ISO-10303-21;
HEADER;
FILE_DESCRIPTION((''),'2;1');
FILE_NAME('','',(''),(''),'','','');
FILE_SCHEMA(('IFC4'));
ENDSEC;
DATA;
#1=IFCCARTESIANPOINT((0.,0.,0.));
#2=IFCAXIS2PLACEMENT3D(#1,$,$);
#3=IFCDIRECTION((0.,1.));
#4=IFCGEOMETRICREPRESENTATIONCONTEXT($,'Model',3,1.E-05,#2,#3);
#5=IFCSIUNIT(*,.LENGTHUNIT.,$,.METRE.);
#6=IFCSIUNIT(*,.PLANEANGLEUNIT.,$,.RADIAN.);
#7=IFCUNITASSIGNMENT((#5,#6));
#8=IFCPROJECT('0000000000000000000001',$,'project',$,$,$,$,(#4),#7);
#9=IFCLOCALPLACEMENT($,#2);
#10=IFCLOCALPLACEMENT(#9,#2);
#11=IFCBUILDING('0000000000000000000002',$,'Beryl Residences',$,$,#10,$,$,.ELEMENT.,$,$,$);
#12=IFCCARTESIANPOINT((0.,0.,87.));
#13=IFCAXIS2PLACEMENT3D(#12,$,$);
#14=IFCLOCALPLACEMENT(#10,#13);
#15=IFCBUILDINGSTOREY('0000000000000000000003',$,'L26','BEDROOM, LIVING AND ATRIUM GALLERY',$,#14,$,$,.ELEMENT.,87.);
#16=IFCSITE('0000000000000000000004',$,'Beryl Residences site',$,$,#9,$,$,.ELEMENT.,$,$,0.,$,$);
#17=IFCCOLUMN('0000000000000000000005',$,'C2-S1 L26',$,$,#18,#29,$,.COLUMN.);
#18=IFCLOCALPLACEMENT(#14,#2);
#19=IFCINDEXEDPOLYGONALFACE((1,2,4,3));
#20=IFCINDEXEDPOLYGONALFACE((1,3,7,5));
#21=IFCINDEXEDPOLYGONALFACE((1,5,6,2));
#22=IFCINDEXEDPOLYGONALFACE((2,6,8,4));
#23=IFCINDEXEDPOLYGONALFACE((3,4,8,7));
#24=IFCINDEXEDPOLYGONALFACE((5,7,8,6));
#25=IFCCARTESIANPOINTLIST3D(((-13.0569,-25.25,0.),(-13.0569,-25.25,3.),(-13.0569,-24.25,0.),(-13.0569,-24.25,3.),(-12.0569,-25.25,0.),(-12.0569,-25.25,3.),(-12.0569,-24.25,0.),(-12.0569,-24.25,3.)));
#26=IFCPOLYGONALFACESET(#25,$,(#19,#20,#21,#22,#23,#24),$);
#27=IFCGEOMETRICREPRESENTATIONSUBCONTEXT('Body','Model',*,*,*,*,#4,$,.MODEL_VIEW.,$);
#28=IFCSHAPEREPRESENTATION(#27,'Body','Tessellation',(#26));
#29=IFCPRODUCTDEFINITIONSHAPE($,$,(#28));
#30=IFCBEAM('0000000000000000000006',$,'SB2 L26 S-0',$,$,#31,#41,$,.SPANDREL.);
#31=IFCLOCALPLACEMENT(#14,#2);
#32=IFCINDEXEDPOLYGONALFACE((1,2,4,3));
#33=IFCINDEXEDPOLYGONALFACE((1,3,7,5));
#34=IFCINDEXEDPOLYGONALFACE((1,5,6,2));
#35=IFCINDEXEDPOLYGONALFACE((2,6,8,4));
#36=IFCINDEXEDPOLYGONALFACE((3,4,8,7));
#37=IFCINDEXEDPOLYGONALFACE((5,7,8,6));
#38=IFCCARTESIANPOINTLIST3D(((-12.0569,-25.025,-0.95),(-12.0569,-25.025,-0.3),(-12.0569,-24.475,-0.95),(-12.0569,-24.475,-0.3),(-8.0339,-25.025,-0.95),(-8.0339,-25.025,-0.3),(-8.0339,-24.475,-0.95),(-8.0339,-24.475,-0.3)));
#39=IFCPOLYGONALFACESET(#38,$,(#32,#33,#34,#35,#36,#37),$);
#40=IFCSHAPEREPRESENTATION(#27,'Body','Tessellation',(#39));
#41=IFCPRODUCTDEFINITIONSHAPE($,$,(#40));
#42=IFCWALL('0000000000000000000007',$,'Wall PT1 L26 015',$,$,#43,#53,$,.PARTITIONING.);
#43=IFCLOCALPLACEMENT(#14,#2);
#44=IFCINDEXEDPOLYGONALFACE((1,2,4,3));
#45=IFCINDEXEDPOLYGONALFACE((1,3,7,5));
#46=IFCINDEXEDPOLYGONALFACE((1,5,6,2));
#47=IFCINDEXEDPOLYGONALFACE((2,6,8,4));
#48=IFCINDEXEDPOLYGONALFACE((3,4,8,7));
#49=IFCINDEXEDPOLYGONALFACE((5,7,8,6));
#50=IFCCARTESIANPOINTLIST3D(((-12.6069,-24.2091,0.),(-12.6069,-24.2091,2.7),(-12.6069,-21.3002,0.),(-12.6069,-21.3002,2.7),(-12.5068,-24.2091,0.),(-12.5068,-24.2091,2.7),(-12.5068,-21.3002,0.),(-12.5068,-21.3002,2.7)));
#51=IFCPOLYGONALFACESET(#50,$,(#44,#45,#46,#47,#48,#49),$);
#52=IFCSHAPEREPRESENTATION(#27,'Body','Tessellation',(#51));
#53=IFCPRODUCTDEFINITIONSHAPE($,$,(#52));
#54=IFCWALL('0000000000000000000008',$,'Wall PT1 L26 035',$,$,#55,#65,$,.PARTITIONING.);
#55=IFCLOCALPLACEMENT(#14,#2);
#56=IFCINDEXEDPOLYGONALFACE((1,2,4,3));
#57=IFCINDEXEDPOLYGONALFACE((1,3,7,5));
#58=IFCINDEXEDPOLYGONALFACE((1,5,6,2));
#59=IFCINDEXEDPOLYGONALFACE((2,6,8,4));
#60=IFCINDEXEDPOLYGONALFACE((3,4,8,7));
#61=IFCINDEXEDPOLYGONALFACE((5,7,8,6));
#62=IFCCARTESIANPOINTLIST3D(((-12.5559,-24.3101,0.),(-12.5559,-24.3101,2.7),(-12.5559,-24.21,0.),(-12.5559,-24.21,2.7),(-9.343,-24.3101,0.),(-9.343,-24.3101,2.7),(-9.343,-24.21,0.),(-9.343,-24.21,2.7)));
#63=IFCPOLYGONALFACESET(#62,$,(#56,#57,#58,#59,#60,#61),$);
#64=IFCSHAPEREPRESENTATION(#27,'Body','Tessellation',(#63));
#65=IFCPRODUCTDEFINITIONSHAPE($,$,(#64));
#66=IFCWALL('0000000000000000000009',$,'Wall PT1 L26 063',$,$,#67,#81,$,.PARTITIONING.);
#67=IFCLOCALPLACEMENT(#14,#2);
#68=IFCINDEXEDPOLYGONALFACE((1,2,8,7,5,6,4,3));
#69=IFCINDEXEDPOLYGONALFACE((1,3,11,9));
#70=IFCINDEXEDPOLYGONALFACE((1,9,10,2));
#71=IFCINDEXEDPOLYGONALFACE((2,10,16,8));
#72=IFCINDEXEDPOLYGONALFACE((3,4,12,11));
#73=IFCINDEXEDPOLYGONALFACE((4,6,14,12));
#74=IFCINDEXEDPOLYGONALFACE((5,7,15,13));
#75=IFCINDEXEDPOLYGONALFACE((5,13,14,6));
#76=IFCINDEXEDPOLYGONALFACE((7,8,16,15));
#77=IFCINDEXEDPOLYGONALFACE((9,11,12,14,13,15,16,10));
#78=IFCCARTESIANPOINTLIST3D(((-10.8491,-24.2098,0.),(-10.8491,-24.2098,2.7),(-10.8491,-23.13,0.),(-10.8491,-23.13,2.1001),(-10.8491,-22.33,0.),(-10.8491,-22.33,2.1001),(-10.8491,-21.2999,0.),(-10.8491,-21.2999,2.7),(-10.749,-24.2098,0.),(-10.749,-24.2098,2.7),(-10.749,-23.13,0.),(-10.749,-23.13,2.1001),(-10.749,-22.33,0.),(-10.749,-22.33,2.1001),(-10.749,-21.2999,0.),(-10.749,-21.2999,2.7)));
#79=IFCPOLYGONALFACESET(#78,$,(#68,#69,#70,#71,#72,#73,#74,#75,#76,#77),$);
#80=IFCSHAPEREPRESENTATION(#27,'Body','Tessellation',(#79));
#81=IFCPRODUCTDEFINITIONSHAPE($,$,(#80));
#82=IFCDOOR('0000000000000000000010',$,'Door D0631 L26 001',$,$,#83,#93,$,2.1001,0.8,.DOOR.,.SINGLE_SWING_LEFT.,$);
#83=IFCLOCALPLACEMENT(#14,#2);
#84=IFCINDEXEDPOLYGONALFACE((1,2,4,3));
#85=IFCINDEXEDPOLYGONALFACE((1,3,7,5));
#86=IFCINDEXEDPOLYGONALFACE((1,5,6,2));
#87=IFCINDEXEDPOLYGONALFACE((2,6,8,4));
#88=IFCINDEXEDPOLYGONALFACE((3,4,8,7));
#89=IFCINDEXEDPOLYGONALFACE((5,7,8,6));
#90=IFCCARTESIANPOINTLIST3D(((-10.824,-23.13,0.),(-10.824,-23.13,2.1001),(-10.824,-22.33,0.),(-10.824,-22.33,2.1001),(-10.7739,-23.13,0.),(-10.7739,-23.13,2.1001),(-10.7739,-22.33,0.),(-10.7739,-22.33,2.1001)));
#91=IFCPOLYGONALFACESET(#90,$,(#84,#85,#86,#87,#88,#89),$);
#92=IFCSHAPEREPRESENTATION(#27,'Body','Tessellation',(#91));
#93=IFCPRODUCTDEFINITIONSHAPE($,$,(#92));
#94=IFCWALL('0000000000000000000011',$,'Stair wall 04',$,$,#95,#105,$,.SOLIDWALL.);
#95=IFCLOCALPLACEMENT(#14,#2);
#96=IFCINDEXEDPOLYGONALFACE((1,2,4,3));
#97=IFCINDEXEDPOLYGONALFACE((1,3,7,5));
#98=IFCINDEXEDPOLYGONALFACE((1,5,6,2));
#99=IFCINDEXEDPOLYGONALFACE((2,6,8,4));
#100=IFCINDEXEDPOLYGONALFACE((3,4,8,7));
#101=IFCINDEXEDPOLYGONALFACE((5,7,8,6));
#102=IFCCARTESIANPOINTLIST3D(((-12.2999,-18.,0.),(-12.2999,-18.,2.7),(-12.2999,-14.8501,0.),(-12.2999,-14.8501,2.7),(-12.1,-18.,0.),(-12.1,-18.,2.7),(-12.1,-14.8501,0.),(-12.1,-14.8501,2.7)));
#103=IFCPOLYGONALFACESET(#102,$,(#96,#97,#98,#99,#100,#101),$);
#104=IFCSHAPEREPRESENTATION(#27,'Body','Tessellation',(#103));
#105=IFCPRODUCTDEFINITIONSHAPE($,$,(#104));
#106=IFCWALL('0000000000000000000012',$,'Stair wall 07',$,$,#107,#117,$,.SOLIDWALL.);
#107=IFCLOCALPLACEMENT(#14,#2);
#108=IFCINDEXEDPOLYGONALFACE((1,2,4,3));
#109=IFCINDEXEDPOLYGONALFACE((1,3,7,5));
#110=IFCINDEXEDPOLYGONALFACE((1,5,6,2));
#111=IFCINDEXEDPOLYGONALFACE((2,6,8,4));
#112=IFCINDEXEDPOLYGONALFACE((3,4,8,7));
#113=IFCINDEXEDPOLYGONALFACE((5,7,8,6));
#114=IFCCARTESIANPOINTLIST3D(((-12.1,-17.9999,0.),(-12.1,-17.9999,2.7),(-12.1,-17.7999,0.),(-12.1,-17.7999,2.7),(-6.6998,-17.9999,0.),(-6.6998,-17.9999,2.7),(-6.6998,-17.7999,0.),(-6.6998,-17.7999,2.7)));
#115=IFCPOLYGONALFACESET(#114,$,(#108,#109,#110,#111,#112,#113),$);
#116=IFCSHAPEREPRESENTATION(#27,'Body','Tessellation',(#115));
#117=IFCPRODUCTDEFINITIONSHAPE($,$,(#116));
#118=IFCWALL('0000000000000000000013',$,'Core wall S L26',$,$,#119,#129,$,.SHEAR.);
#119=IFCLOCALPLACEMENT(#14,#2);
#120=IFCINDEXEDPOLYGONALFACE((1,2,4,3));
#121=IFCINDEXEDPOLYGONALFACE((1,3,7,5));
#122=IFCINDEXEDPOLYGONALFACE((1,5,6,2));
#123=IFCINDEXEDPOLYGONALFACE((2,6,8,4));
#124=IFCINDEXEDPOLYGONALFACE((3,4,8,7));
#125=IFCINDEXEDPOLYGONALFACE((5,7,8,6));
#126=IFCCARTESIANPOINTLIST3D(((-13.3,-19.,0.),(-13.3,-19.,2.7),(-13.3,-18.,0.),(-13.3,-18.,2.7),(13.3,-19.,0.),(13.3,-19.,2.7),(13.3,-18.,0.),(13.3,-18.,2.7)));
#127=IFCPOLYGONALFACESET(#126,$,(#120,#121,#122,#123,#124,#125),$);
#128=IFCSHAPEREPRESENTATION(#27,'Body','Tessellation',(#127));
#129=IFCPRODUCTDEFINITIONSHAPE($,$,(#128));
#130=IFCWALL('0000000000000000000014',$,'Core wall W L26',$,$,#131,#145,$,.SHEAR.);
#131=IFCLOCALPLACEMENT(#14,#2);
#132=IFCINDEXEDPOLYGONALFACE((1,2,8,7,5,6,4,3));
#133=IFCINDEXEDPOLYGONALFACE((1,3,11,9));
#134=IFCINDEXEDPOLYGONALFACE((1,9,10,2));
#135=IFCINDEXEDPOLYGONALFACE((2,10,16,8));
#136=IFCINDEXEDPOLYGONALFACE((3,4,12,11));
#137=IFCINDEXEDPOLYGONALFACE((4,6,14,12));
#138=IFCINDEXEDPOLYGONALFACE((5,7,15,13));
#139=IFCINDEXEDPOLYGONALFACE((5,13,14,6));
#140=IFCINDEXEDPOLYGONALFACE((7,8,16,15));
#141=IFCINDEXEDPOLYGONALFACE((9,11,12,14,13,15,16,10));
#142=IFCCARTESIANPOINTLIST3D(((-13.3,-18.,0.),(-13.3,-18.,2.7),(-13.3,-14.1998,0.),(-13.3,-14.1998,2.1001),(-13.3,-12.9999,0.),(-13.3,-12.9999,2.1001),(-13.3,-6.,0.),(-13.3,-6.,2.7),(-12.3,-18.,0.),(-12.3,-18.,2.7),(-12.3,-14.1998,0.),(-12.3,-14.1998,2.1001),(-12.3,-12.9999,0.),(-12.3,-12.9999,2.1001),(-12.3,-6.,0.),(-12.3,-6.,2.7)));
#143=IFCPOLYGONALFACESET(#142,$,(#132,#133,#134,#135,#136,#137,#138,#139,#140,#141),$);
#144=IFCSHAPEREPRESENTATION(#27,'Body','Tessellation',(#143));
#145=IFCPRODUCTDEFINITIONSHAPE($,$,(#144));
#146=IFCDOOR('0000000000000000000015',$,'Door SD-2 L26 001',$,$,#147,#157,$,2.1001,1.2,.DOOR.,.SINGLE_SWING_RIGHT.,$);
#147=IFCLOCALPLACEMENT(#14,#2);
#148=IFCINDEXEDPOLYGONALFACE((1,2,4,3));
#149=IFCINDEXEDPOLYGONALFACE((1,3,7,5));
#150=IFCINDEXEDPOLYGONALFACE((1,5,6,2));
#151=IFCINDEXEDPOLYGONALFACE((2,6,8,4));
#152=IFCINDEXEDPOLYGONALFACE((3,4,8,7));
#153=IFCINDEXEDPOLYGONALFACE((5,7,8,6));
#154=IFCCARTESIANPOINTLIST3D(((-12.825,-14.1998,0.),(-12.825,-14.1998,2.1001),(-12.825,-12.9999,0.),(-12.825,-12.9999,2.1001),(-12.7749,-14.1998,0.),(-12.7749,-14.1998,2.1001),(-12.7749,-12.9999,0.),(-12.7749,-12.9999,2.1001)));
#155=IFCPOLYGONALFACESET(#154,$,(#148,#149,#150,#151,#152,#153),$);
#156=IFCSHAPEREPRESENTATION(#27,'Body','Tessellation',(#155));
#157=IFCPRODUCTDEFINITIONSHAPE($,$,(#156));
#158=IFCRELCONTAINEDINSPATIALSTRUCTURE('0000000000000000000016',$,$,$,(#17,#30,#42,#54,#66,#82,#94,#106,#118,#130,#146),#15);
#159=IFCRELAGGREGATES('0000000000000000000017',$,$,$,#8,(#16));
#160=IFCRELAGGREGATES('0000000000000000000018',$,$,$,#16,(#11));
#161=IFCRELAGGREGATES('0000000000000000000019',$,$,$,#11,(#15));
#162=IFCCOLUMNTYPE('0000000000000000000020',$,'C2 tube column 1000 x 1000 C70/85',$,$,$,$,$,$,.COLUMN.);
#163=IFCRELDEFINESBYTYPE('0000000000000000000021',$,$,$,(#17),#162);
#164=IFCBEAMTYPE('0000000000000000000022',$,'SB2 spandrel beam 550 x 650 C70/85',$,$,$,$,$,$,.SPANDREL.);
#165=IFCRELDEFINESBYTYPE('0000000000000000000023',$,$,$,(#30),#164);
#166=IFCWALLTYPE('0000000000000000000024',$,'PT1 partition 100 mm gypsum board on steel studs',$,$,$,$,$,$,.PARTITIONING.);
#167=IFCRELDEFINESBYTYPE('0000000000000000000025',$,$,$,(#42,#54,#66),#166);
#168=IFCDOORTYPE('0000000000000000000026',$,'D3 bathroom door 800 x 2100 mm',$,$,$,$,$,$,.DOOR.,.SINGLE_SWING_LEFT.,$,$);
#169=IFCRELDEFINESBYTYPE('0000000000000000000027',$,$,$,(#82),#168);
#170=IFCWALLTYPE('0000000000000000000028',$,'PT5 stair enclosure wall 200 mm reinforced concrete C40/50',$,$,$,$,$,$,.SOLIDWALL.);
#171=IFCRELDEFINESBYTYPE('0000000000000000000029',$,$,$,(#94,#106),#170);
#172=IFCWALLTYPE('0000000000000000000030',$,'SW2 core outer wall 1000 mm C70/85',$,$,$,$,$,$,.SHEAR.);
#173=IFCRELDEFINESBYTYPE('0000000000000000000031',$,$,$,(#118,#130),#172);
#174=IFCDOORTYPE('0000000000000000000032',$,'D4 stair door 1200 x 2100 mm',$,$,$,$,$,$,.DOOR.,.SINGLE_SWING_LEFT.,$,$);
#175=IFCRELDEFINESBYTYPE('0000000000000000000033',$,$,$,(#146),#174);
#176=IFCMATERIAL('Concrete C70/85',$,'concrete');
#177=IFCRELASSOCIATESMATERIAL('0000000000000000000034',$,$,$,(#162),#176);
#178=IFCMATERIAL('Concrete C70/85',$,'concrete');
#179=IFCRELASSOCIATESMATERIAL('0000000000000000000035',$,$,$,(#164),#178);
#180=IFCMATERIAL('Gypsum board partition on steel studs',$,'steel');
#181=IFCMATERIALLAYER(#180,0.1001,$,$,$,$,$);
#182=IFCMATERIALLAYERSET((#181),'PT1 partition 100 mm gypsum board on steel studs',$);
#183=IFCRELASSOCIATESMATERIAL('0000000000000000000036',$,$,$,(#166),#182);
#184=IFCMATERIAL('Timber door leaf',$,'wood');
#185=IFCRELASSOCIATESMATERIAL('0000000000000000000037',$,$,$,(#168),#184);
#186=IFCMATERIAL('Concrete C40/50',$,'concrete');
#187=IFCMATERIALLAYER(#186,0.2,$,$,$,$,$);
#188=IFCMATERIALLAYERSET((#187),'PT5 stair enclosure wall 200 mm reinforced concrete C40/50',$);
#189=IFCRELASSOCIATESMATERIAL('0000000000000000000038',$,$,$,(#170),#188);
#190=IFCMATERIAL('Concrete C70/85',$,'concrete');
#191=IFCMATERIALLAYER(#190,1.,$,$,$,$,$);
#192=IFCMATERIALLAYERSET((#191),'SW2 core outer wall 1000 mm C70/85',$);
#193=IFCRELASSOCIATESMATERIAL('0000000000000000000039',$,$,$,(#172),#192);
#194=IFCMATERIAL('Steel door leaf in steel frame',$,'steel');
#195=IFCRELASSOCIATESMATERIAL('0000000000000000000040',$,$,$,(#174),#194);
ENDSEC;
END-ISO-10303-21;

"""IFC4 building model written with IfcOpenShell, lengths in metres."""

from ifc_helpers import new_model, si_unit, direction, frame, frame_2d, origin, origin_2d, place, context, subcontext, project, spatial, rectangle, extrude, material, layer, layer_set, material_profile, profile_set, type_object, element, fill, save


model = new_model("IFC4")

# Units and contexts
model_context = context("Model", 3, precision=1e-05, world=origin(), true_north=direction((0.0, 1.0)))
body_context = subcontext(model_context, "Body", "Model", "MODEL_VIEW")
ifc_project = project(units=[si_unit("LENGTHUNIT", "METRE"), si_unit("PLANEANGLEUNIT", "RADIAN")], contexts=[model_context])

# Site, building, storey
site_placement = place(None, origin())
site = spatial("IfcSite", under=ifc_project, at=site_placement, Name="Beryl Residences site", CompositionType="ELEMENT", RefElevation=0.0)
building_placement = place(site_placement, origin())
building = spatial("IfcBuilding", under=site, at=building_placement, Name="Beryl Residences", CompositionType="ELEMENT")
storey_placement = place(building_placement, frame((0.0, 0.0, 87.0)))
storey = spatial("IfcBuildingStorey", under=building, at=storey_placement, Name="L26", Description="BEDROOM, LIVING AND ATRIUM GALLERY", CompositionType="ELEMENT", Elevation=87.0)

# Column
ifc_material_1 = material(Name="Concrete C70/85", Category="concrete")
ifc_material_profile_1 = material_profile(ifc_material_1, rectangle(XDim=1.0, YDim=1.0, at=origin_2d()))
ifc_profile_set_1 = profile_set([ifc_material_profile_1], Name="Concrete C70/85")
column_type = type_object("IfcColumnType", Name="C2 tube column 1000 x 1000 C70/85", PredefinedType="COLUMN", material=ifc_profile_set_1)
column_placement = place(storey_placement, frame((-12.5569, -24.75, 0.0), z_axis=(0.0, 0.0, 1.0), x_axis=(1.0, 0.0, 0.0)))
element("IfcColumn", 1, at=column_placement, inside=storey, type_object=column_type, Name="C2-S1 L26", PredefinedType="COLUMN", context=body_context, shape_type="SweptSolid", body=[
    extrude(rectangle(XDim=1.0, YDim=1.0, at=origin_2d()), origin(), (0.0, 0.0, 1.0), 3.0),
])

# Beam
ifc_material_2 = material(Name="Concrete C70/85", Category="concrete")
ifc_material_profile_2 = material_profile(ifc_material_2, rectangle(XDim=0.55, YDim=0.6499, at=origin_2d()))
ifc_profile_set_2 = profile_set([ifc_material_profile_2], Name="Concrete C70/85")
beam_type = type_object("IfcBeamType", Name="SB2 spandrel beam 550 x 650 C70/85", PredefinedType="SPANDREL", material=ifc_profile_set_2)
beam_placement = place(storey_placement, frame((-12.0569, -24.75, -0.625), z_axis=(1.0, 0.0, 0.0), x_axis=(0.0, 1.0, 0.0)))
element("IfcBeam", 2, at=beam_placement, inside=storey, type_object=beam_type, Name="SB2 L26 S-0", PredefinedType="SPANDREL", context=body_context, shape_type="SweptSolid", body=[
    extrude(rectangle(XDim=0.55, YDim=0.6499, at=origin_2d()), origin(), (0.0, 0.0, 1.0), 4.0229),
])

# Walls
ifc_material_3 = material(Name="Gypsum board partition on steel studs", Category="steel")
ifc_layer_1 = layer(ifc_material_3, 0.1001)
ifc_layer_set_1 = layer_set([ifc_layer_1], Name="PT1 partition 100 mm gypsum board on steel studs")
wall_type_1 = type_object("IfcWallType", Name="PT1 partition 100 mm gypsum board on steel studs", PredefinedType="PARTITIONING", material=ifc_layer_set_1)
wall_1_placement = place(storey_placement, frame((-12.5569, -21.3, 0.0), z_axis=(0.0, 0.0, 1.0), x_axis=(0.0, -1.0, 0.0)))
element("IfcWall", 3, at=wall_1_placement, inside=storey, type_object=wall_type_1, Name="Wall PT1 L26 015", PredefinedType="PARTITIONING", context=body_context, shape_type="SweptSolid", body=[
    extrude(rectangle(XDim=2.9089, YDim=0.1001, at=frame_2d((1.4546, 0.0))), origin(), (0.0, 0.0, 1.0), 2.7),
])
wall_2_placement = place(storey_placement, frame((-12.5559, -24.26, 0.0), z_axis=(0.0, 0.0, 1.0), x_axis=(1.0, 0.0, 0.0)))
element("IfcWall", 4, at=wall_2_placement, inside=storey, type_object=wall_type_1, Name="Wall PT1 L26 035", PredefinedType="PARTITIONING", context=body_context, shape_type="SweptSolid", body=[
    extrude(rectangle(XDim=3.2129, YDim=0.1001, at=frame_2d((1.6064, 0.0))), origin(), (0.0, 0.0, 1.0), 2.7),
])

# Wall, opening, door
wall_3_placement = place(storey_placement, frame((-10.7991, -24.21, 0.0), z_axis=(0.0, 0.0, 1.0), x_axis=(0.0, 1.0, 0.0)))
wall_3 = element("IfcWall", 5, at=wall_3_placement, inside=storey, type_object=wall_type_1, Name="Wall PT1 L26 063", PredefinedType="PARTITIONING", context=body_context, shape_type="SweptSolid", body=[
    extrude(rectangle(XDim=2.9099, YDim=0.1001, at=frame_2d((1.4551, 0.0))), origin(), (0.0, 0.0, 1.0), 2.7),
])
opening_1_placement = place(wall_3_placement, frame((1.0801, 0.0, 0.0)))
opening_1 = element("IfcOpeningElement", 6, at=opening_1_placement, cuts=wall_3, PredefinedType="OPENING", context=body_context, shape_type="SweptSolid", body=[
    extrude(rectangle(XDim=0.8, YDim=2.1001, at=frame_2d((0.3999, 1.05))), frame((0.0, 0.0601, 0.0), z_axis=(0.0, -1.0, 0.0), x_axis=(1.0, 0.0, 0.0)), (0.0, 0.0, 1.0), 0.1201),
])
ifc_material_4 = material(Name="Timber door leaf", Category="wood")
door_type_1 = type_object("IfcDoorType", Name="D3 bathroom door 800 x 2100 mm", OperationType="SINGLE_SWING_LEFT", PredefinedType="DOOR", material=ifc_material_4)
door_1_placement = place(opening_1_placement, origin())
door_1 = element("IfcDoor", 7, at=door_1_placement, inside=storey, type_object=door_type_1, Name="Door D0631 L26 001", OperationType="SINGLE_SWING_LEFT", OverallHeight=2.1001, OverallWidth=0.8, PredefinedType="DOOR", context=body_context, shape_type="SweptSolid", body=[
    extrude(rectangle(XDim=0.8, YDim=2.1001, at=frame_2d((0.3999, 1.05))), frame((0.0, 0.0249, 0.0), z_axis=(0.0, -1.0, 0.0), x_axis=(1.0, 0.0, 0.0)), (0.0, 0.0, 1.0), 0.05),
])
fill(opening_1, door_1)

# Walls
ifc_material_5 = material(Name="Concrete C40/50", Category="concrete")
ifc_layer_2 = layer(ifc_material_5, 0.2)
ifc_layer_set_2 = layer_set([ifc_layer_2], Name="PT5 stair enclosure wall 200 mm reinforced concrete C40/50")
wall_type_2 = type_object("IfcWallType", Name="PT5 stair enclosure wall 200 mm reinforced concrete C40/50", PredefinedType="SOLIDWALL", material=ifc_layer_set_2)
wall_4_placement = place(storey_placement, frame((-12.2, -18.0, 0.0), z_axis=(0.0, 0.0, 1.0), x_axis=(0.0, 1.0, 0.0)))
element("IfcWall", 8, at=wall_4_placement, inside=storey, type_object=wall_type_2, Name="Stair wall 04", PredefinedType="SOLIDWALL", context=body_context, shape_type="SweptSolid", body=[
    extrude(rectangle(XDim=3.1499, YDim=0.2, at=frame_2d((1.575, 0.0))), origin(), (0.0, 0.0, 1.0), 2.7),
])
wall_5_placement = place(storey_placement, frame((-12.1001, -17.8999, 0.0), z_axis=(0.0, 0.0, 1.0), x_axis=(1.0, 0.0, 0.0)))
element("IfcWall", 9, at=wall_5_placement, inside=storey, type_object=wall_type_2, Name="Stair wall 07", PredefinedType="SOLIDWALL", context=body_context, shape_type="SweptSolid", body=[
    extrude(rectangle(XDim=5.4001, YDim=0.2, at=frame_2d((2.7002, 0.0))), origin(), (0.0, 0.0, 1.0), 2.7),
])
ifc_material_6 = material(Name="Concrete C70/85", Category="concrete")
ifc_layer_3 = layer(ifc_material_6, 1.0)
ifc_layer_set_3 = layer_set([ifc_layer_3], Name="SW2 core outer wall 1000 mm C70/85")
wall_type_3 = type_object("IfcWallType", Name="SW2 core outer wall 1000 mm C70/85", PredefinedType="SHEAR", material=ifc_layer_set_3)
wall_6_placement = place(storey_placement, frame((-13.3, -18.5, 0.0), z_axis=(0.0, 0.0, 1.0), x_axis=(1.0, 0.0, 0.0)))
element("IfcWall", 10, at=wall_6_placement, inside=storey, type_object=wall_type_3, Name="Core wall S L26", PredefinedType="SHEAR", context=body_context, shape_type="SweptSolid", body=[
    extrude(rectangle(XDim=26.6001, YDim=1.0, at=frame_2d((13.3, 0.0))), origin(), (0.0, 0.0, 1.0), 2.7),
])

# Wall, opening, door
wall_7_placement = place(storey_placement, frame((-12.8, -18.0, 0.0), z_axis=(0.0, 0.0, 1.0), x_axis=(0.0, 1.0, 0.0)))
wall_7 = element("IfcWall", 11, at=wall_7_placement, inside=storey, type_object=wall_type_3, Name="Core wall W L26", PredefinedType="SHEAR", context=body_context, shape_type="SweptSolid", body=[
    extrude(rectangle(XDim=12.0, YDim=1.0, at=frame_2d((6.0, 0.0))), origin(), (0.0, 0.0, 1.0), 2.7),
])
opening_2_placement = place(wall_7_placement, frame((3.8, 0.0, 0.0)))
opening_2 = element("IfcOpeningElement", 12, at=opening_2_placement, cuts=wall_7, PredefinedType="OPENING", context=body_context, shape_type="SweptSolid", body=[
    extrude(rectangle(XDim=1.2, YDim=2.1001, at=frame_2d((0.6001, 1.05))), frame((0.0, 0.51, 0.0), z_axis=(0.0, -1.0, 0.0), x_axis=(1.0, 0.0, 0.0)), (0.0, 0.0, 1.0), 1.02),
])
ifc_material_7 = material(Name="Steel door leaf in steel frame", Category="steel")
door_type_2 = type_object("IfcDoorType", Name="D4 stair door 1200 x 2100 mm", OperationType="SINGLE_SWING_LEFT", PredefinedType="DOOR", material=ifc_material_7)
door_2_placement = place(opening_2_placement, origin())
door_2 = element("IfcDoor", 13, at=door_2_placement, inside=storey, type_object=door_type_2, Name="Door SD-2 L26 001", OperationType="SINGLE_SWING_RIGHT", OverallHeight=2.1001, OverallWidth=1.2, PredefinedType="DOOR", context=body_context, shape_type="SweptSolid", body=[
    extrude(rectangle(XDim=1.2, YDim=2.1001, at=frame_2d((0.6001, 1.05))), frame((0.0, 0.0249, 0.0), z_axis=(0.0, -1.0, 0.0), x_axis=(1.0, 0.0, 0.0)), (0.0, 0.0, 1.0), 0.05),
])
fill(opening_2, door_2)

save(model, "model.ifc")
